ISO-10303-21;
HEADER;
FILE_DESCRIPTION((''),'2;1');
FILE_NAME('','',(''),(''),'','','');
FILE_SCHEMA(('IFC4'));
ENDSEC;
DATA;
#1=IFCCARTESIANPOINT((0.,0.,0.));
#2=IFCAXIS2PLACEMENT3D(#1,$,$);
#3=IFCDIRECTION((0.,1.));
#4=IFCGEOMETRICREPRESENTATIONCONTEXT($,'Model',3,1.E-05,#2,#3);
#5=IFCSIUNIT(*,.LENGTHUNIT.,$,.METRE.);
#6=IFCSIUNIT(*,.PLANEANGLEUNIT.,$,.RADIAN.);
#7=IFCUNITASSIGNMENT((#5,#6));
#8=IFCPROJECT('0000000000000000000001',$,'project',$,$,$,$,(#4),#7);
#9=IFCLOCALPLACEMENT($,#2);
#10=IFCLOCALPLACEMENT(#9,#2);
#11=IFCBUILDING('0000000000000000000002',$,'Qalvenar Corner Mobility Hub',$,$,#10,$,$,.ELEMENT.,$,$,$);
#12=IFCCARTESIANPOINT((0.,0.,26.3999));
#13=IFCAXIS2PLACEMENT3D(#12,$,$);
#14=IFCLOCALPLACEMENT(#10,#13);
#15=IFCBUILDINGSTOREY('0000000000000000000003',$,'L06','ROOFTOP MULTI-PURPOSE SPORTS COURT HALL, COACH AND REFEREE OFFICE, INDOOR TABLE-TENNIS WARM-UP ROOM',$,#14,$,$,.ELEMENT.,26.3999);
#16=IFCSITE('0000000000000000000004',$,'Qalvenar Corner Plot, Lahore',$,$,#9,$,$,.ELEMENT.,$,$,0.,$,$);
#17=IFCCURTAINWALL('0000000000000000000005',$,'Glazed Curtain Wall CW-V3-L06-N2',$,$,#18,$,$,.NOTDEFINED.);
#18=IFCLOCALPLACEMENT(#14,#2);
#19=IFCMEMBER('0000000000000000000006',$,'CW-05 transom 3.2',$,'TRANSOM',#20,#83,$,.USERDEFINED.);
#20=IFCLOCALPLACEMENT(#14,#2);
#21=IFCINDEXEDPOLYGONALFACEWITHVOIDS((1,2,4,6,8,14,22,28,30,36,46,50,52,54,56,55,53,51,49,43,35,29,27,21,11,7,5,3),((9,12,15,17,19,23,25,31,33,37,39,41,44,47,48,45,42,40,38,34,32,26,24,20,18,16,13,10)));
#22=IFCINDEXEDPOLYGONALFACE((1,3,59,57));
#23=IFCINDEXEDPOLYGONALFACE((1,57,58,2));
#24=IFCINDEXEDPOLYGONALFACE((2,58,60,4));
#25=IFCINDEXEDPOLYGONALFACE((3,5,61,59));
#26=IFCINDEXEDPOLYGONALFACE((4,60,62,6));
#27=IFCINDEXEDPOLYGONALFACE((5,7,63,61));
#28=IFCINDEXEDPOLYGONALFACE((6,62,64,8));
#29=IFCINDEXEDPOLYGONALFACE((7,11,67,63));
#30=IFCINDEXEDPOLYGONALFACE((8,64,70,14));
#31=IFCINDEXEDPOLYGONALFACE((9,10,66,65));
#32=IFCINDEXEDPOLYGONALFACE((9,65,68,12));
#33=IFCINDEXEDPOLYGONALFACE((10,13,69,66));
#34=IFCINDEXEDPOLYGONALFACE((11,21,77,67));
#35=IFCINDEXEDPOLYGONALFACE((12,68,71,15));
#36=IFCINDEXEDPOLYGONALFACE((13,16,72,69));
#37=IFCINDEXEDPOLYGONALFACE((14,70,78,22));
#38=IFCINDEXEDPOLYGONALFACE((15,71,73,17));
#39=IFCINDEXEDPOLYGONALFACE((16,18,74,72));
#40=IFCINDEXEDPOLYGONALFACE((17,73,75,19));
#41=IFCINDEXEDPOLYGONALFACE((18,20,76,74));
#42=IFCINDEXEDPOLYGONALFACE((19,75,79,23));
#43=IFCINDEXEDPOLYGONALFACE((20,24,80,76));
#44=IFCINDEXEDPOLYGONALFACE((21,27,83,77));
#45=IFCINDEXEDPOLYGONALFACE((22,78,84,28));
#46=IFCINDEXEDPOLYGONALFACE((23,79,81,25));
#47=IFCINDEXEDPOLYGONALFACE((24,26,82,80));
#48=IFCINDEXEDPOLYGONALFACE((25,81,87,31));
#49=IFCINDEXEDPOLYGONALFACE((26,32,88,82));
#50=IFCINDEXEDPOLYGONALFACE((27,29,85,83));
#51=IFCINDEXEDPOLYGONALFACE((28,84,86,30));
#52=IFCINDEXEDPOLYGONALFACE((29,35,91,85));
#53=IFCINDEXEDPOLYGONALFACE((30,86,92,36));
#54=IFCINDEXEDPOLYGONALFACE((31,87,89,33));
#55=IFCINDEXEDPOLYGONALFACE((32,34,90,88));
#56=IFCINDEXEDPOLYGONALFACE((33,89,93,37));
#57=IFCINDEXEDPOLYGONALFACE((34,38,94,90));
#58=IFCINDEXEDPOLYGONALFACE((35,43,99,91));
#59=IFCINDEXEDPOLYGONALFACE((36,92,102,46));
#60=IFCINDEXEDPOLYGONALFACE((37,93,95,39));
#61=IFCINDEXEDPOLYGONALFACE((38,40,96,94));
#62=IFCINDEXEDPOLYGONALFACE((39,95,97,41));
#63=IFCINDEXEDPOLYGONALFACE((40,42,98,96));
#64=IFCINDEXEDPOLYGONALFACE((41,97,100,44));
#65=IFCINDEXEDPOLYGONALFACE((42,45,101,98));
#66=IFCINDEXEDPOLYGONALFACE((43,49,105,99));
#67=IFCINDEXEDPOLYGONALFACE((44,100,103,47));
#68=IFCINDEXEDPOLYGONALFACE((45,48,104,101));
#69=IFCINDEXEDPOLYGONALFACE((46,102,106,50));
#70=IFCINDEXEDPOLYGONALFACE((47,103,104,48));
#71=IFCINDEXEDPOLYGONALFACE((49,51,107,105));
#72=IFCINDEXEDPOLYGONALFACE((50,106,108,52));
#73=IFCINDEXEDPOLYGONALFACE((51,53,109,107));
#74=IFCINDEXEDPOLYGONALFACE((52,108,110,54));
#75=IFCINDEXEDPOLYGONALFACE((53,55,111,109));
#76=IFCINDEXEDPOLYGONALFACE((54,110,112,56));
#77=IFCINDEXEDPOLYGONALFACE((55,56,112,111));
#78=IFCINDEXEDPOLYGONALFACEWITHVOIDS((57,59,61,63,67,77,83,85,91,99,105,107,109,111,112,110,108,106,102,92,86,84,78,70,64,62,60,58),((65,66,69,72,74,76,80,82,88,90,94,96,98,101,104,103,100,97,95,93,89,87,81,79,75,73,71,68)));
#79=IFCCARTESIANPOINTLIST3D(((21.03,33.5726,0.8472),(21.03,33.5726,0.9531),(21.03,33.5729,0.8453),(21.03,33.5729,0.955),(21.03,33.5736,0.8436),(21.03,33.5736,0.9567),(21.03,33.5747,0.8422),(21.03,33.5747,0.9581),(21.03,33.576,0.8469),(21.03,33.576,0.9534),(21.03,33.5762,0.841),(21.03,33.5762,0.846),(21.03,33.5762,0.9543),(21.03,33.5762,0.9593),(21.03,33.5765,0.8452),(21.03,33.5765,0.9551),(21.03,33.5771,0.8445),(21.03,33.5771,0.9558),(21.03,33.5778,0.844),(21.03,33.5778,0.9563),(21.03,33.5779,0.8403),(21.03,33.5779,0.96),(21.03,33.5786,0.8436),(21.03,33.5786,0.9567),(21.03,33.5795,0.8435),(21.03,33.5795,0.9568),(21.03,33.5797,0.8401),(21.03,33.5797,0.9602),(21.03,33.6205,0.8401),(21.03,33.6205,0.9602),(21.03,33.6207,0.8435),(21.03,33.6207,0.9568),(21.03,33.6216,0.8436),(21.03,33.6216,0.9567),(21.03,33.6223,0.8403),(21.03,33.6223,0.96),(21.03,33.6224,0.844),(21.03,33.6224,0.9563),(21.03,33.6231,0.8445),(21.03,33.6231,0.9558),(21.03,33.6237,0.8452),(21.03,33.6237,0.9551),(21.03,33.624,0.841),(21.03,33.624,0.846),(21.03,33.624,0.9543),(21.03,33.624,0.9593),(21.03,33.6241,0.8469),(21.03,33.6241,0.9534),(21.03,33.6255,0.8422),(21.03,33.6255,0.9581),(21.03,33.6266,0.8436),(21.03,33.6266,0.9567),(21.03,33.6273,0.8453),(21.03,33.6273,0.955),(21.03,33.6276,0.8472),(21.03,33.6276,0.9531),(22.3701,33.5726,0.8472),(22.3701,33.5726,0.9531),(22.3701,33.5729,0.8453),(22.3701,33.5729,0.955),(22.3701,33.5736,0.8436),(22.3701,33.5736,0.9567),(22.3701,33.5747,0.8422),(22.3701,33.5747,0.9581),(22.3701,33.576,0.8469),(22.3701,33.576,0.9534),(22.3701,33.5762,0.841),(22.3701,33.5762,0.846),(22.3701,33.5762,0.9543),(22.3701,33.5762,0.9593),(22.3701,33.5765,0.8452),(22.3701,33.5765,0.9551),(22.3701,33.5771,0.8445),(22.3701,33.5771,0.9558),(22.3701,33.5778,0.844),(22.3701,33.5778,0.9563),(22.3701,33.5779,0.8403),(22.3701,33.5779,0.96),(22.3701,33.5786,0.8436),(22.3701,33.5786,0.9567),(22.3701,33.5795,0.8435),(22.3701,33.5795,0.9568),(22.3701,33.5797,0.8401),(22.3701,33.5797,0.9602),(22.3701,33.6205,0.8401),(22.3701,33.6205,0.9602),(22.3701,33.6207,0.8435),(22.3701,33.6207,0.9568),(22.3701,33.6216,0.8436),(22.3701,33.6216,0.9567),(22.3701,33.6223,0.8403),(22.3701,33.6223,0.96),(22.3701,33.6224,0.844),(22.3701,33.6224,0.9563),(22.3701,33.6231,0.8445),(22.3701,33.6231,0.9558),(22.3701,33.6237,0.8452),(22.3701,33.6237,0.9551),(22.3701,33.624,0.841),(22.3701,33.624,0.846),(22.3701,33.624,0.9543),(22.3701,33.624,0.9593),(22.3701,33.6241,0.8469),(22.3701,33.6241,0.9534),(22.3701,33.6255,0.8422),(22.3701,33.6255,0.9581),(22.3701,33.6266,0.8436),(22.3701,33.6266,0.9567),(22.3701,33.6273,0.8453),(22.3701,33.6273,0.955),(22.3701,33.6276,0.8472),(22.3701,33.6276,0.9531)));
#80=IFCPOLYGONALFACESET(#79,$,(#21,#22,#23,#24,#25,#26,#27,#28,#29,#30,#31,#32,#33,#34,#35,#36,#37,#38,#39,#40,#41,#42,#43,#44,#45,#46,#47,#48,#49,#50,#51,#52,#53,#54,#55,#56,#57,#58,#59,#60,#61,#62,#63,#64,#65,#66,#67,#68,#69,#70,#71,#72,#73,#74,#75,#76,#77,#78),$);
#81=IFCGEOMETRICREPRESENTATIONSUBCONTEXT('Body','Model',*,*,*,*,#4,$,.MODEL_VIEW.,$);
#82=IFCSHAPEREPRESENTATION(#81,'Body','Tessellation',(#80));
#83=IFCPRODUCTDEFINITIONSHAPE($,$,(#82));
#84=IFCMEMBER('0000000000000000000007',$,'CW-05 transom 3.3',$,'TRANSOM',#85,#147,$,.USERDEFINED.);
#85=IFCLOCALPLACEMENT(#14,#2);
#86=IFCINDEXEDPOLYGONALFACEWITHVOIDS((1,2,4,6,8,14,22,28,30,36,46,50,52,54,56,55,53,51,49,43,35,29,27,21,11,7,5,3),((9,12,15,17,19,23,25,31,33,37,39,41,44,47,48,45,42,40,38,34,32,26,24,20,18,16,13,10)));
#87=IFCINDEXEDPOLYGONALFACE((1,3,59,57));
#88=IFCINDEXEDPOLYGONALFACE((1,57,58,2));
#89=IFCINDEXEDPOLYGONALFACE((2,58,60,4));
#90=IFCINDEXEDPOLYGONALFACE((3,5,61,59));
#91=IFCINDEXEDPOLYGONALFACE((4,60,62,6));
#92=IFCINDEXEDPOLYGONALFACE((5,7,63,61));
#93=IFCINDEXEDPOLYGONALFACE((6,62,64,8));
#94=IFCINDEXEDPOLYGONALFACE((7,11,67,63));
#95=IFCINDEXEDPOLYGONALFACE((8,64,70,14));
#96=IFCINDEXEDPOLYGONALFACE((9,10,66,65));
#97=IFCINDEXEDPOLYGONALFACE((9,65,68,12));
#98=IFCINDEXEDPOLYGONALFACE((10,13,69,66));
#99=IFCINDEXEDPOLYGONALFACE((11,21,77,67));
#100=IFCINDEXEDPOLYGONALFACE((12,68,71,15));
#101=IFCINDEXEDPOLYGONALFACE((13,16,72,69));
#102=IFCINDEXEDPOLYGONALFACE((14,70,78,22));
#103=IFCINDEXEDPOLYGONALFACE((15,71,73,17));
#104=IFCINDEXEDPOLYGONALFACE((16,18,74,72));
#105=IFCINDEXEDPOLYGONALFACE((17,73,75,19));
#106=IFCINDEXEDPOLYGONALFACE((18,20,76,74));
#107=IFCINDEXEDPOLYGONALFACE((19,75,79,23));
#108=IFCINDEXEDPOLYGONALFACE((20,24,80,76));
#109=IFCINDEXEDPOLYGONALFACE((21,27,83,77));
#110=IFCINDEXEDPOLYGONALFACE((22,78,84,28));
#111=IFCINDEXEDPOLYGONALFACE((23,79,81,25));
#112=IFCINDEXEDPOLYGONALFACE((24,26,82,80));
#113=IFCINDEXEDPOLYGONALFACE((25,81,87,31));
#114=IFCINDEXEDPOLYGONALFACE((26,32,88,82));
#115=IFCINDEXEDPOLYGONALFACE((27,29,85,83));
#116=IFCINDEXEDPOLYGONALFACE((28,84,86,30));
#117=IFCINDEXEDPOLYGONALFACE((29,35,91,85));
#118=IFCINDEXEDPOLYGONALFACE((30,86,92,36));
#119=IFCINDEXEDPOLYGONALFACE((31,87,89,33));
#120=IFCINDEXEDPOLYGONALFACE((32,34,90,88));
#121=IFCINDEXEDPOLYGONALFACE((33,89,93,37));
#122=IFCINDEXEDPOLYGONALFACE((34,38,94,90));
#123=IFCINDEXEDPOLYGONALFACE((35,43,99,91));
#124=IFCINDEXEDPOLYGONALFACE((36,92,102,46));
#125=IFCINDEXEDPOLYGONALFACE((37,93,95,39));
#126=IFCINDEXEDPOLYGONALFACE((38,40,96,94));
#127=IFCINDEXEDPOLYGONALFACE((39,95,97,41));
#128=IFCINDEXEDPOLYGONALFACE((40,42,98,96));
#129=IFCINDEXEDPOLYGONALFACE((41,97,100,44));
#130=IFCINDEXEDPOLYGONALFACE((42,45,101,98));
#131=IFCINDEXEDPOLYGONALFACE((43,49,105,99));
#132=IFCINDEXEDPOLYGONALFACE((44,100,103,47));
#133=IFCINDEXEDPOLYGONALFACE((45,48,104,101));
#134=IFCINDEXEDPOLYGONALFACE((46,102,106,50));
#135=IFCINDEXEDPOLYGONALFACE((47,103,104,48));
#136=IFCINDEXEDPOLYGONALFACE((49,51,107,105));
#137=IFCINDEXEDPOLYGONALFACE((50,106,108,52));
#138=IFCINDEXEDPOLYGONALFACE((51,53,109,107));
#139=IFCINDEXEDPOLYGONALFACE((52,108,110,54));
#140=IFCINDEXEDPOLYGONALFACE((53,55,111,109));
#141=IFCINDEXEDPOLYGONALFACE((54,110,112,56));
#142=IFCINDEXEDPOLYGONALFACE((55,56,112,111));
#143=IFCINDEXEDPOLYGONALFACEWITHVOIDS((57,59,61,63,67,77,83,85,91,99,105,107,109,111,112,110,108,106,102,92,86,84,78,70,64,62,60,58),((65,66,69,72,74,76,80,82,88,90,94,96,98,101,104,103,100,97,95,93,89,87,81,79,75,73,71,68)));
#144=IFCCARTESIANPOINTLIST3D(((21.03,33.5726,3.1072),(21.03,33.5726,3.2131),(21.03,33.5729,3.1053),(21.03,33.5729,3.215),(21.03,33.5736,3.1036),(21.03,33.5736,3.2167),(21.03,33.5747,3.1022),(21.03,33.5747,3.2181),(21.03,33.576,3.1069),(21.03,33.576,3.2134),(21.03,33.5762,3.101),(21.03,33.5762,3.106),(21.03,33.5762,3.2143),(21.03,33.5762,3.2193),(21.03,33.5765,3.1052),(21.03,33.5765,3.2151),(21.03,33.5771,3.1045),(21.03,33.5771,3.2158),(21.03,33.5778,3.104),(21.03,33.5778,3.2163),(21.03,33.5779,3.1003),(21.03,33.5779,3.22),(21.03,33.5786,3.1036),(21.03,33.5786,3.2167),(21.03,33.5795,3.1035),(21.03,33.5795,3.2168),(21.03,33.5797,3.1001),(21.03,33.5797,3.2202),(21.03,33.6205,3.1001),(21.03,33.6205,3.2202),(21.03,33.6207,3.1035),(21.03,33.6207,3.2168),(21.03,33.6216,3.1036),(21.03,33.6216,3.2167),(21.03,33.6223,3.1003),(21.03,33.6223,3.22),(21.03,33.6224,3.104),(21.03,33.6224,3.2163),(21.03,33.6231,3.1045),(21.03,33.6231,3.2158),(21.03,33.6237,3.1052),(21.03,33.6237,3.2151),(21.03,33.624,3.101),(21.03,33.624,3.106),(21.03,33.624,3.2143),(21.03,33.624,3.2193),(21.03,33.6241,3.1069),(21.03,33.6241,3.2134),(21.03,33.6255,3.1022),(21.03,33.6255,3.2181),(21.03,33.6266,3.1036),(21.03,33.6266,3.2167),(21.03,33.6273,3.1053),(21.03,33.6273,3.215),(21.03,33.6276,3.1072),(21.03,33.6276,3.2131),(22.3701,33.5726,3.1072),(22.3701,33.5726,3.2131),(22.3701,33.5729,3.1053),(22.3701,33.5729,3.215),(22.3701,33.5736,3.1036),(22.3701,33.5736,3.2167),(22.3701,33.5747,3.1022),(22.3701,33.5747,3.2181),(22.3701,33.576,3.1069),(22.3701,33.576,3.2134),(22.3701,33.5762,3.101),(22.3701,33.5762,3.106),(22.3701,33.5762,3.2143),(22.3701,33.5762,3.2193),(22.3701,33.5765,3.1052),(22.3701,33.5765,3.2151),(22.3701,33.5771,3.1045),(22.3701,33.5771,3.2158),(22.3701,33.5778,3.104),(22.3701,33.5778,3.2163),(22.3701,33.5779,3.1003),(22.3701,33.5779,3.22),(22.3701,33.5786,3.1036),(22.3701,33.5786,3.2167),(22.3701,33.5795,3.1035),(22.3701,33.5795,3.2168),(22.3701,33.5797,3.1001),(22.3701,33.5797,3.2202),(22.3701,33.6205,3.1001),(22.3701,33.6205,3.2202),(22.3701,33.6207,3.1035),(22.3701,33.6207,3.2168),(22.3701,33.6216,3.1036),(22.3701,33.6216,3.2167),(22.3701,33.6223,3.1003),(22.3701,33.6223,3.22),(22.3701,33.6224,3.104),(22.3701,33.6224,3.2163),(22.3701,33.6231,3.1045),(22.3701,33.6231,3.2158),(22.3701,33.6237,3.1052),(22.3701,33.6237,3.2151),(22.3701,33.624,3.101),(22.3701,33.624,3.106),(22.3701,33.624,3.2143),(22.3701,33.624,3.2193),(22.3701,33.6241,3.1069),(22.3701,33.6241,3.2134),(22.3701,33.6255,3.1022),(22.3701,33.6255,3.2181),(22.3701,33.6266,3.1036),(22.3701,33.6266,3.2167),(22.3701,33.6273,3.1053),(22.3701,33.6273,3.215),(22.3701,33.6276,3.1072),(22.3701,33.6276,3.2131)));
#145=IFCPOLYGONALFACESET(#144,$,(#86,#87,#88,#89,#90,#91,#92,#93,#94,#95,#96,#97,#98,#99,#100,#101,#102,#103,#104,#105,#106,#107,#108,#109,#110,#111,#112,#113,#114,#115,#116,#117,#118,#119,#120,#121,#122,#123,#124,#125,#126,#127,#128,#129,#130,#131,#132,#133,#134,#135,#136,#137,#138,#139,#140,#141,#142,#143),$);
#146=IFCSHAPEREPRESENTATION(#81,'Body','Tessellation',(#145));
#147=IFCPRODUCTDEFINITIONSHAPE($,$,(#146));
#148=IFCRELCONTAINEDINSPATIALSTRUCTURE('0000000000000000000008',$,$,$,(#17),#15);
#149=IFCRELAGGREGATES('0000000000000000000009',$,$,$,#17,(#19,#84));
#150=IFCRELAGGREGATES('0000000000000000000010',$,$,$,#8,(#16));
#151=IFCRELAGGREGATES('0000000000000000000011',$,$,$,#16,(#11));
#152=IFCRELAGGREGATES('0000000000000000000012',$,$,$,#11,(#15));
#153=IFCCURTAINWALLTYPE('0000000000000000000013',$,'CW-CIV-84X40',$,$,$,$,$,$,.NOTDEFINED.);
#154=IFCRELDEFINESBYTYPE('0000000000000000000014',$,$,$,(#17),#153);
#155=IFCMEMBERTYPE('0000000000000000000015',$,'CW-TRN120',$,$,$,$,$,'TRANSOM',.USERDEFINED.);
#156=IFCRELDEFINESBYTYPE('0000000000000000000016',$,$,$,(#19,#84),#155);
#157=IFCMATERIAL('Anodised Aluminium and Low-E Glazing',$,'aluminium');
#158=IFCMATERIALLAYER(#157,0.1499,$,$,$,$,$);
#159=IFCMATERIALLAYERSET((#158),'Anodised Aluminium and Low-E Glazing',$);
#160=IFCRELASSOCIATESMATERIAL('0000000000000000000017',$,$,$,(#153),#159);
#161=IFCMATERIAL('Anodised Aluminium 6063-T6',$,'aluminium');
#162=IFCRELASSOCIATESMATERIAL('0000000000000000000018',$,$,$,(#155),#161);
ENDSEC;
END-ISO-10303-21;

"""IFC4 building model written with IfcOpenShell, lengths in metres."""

from ifc_helpers import new_model, si_unit, direction, frame, origin, origin_2d, place, context, subcontext, project, spatial, hollow_rectangle, extrude, material, layer, layer_set, material_profile, profile_set, type_object, element, aggregate, save


model = new_model("IFC4")

# Units and contexts
model_context = context("Model", 3, precision=1e-05, world=origin(), true_north=direction((0.0, 1.0)))
body_context = subcontext(model_context, "Body", "Model", "MODEL_VIEW")
ifc_project = project(units=[si_unit("LENGTHUNIT", "METRE"), si_unit("PLANEANGLEUNIT", "RADIAN")], contexts=[model_context])

# Site, building, storey
site_placement = place(None, origin())
site = spatial("IfcSite", under=ifc_project, at=site_placement, Name="Qalvenar Corner Plot, Lahore", CompositionType="ELEMENT", RefElevation=0.0)
building_placement = place(site_placement, origin())
building = spatial("IfcBuilding", under=site, at=building_placement, Name="Qalvenar Corner Mobility Hub", CompositionType="ELEMENT")
storey_placement = place(building_placement, frame((0.0, 0.0, 26.3999)))
storey = spatial("IfcBuildingStorey", under=building, at=storey_placement, Name="L06", Description="ROOFTOP MULTI-PURPOSE SPORTS COURT HALL, COACH AND REFEREE OFFICE, INDOOR TABLE-TENNIS WARM-UP ROOM", CompositionType="ELEMENT", Elevation=26.3999)

# Curtain wall, members
ifc_material_1 = material(Name="Anodised Aluminium and Low-E Glazing", Category="aluminium")
ifc_layer_1 = layer(ifc_material_1, 0.1499)
ifc_layer_set_1 = layer_set([ifc_layer_1], Name="Anodised Aluminium and Low-E Glazing")
curtain_wall_type = type_object("IfcCurtainWallType", Name="CW-CIV-84X40", PredefinedType="NOTDEFINED", material=ifc_layer_set_1)
curtain_wall_placement = place(storey_placement, origin())
curtain_wall = element("IfcCurtainWall", 1, at=curtain_wall_placement, inside=storey, type_object=curtain_wall_type, Name="Glazed Curtain Wall CW-V3-L06-N2", PredefinedType="NOTDEFINED")
ifc_material_2 = material(Name="Anodised Aluminium 6063-T6", Category="aluminium")
ifc_material_profile_1 = material_profile(ifc_material_2, hollow_rectangle(XDim=0.0549, YDim=0.1201, WallThickness=0.0034, InnerFilletRadius=0.0034, OuterFilletRadius=0.0071, at=origin_2d()), Name="RHS120x55x3.5")
ifc_profile_set_1 = profile_set([ifc_material_profile_1], Name="Anodised Aluminium 6063-T6")
member_type_1 = type_object("IfcMemberType", Name="CW-TRN120", ElementType="TRANSOM", PredefinedType="USERDEFINED", material=ifc_profile_set_1)
member_1_placement = place(storey_placement, frame((22.3701, 33.6001, 0.9001), z_axis=(-1.0, 0.0, 0.0), x_axis=(0.0, -1.0, 0.0)))
member_1 = element("IfcMember", 2, at=member_1_placement, type_object=member_type_1, Name="CW-05 transom 3.2", ObjectType="TRANSOM", PredefinedType="USERDEFINED", context=body_context, shape_type="SweptSolid", body=[
    extrude(hollow_rectangle(XDim=0.0549, YDim=0.1201, WallThickness=0.0034, InnerFilletRadius=0.0034, OuterFilletRadius=0.0071, at=origin_2d()), origin(), (0.0, 0.0, 1.0), 1.3401),
])
member_2_placement = place(storey_placement, frame((22.3701, 33.6001, 3.1602), z_axis=(-1.0, 0.0, 0.0), x_axis=(0.0, -1.0, 0.0)))
member_2 = element("IfcMember", 3, at=member_2_placement, type_object=member_type_1, Name="CW-05 transom 3.3", ObjectType="TRANSOM", PredefinedType="USERDEFINED", context=body_context, shape_type="SweptSolid", body=[
    extrude(hollow_rectangle(XDim=0.0549, YDim=0.1201, WallThickness=0.0034, InnerFilletRadius=0.0034, OuterFilletRadius=0.0071, at=origin_2d()), origin(), (0.0, 0.0, 1.0), 1.3401),
])

aggregate(curtain_wall, [member_1, member_2])

save(model, "model.ifc")
